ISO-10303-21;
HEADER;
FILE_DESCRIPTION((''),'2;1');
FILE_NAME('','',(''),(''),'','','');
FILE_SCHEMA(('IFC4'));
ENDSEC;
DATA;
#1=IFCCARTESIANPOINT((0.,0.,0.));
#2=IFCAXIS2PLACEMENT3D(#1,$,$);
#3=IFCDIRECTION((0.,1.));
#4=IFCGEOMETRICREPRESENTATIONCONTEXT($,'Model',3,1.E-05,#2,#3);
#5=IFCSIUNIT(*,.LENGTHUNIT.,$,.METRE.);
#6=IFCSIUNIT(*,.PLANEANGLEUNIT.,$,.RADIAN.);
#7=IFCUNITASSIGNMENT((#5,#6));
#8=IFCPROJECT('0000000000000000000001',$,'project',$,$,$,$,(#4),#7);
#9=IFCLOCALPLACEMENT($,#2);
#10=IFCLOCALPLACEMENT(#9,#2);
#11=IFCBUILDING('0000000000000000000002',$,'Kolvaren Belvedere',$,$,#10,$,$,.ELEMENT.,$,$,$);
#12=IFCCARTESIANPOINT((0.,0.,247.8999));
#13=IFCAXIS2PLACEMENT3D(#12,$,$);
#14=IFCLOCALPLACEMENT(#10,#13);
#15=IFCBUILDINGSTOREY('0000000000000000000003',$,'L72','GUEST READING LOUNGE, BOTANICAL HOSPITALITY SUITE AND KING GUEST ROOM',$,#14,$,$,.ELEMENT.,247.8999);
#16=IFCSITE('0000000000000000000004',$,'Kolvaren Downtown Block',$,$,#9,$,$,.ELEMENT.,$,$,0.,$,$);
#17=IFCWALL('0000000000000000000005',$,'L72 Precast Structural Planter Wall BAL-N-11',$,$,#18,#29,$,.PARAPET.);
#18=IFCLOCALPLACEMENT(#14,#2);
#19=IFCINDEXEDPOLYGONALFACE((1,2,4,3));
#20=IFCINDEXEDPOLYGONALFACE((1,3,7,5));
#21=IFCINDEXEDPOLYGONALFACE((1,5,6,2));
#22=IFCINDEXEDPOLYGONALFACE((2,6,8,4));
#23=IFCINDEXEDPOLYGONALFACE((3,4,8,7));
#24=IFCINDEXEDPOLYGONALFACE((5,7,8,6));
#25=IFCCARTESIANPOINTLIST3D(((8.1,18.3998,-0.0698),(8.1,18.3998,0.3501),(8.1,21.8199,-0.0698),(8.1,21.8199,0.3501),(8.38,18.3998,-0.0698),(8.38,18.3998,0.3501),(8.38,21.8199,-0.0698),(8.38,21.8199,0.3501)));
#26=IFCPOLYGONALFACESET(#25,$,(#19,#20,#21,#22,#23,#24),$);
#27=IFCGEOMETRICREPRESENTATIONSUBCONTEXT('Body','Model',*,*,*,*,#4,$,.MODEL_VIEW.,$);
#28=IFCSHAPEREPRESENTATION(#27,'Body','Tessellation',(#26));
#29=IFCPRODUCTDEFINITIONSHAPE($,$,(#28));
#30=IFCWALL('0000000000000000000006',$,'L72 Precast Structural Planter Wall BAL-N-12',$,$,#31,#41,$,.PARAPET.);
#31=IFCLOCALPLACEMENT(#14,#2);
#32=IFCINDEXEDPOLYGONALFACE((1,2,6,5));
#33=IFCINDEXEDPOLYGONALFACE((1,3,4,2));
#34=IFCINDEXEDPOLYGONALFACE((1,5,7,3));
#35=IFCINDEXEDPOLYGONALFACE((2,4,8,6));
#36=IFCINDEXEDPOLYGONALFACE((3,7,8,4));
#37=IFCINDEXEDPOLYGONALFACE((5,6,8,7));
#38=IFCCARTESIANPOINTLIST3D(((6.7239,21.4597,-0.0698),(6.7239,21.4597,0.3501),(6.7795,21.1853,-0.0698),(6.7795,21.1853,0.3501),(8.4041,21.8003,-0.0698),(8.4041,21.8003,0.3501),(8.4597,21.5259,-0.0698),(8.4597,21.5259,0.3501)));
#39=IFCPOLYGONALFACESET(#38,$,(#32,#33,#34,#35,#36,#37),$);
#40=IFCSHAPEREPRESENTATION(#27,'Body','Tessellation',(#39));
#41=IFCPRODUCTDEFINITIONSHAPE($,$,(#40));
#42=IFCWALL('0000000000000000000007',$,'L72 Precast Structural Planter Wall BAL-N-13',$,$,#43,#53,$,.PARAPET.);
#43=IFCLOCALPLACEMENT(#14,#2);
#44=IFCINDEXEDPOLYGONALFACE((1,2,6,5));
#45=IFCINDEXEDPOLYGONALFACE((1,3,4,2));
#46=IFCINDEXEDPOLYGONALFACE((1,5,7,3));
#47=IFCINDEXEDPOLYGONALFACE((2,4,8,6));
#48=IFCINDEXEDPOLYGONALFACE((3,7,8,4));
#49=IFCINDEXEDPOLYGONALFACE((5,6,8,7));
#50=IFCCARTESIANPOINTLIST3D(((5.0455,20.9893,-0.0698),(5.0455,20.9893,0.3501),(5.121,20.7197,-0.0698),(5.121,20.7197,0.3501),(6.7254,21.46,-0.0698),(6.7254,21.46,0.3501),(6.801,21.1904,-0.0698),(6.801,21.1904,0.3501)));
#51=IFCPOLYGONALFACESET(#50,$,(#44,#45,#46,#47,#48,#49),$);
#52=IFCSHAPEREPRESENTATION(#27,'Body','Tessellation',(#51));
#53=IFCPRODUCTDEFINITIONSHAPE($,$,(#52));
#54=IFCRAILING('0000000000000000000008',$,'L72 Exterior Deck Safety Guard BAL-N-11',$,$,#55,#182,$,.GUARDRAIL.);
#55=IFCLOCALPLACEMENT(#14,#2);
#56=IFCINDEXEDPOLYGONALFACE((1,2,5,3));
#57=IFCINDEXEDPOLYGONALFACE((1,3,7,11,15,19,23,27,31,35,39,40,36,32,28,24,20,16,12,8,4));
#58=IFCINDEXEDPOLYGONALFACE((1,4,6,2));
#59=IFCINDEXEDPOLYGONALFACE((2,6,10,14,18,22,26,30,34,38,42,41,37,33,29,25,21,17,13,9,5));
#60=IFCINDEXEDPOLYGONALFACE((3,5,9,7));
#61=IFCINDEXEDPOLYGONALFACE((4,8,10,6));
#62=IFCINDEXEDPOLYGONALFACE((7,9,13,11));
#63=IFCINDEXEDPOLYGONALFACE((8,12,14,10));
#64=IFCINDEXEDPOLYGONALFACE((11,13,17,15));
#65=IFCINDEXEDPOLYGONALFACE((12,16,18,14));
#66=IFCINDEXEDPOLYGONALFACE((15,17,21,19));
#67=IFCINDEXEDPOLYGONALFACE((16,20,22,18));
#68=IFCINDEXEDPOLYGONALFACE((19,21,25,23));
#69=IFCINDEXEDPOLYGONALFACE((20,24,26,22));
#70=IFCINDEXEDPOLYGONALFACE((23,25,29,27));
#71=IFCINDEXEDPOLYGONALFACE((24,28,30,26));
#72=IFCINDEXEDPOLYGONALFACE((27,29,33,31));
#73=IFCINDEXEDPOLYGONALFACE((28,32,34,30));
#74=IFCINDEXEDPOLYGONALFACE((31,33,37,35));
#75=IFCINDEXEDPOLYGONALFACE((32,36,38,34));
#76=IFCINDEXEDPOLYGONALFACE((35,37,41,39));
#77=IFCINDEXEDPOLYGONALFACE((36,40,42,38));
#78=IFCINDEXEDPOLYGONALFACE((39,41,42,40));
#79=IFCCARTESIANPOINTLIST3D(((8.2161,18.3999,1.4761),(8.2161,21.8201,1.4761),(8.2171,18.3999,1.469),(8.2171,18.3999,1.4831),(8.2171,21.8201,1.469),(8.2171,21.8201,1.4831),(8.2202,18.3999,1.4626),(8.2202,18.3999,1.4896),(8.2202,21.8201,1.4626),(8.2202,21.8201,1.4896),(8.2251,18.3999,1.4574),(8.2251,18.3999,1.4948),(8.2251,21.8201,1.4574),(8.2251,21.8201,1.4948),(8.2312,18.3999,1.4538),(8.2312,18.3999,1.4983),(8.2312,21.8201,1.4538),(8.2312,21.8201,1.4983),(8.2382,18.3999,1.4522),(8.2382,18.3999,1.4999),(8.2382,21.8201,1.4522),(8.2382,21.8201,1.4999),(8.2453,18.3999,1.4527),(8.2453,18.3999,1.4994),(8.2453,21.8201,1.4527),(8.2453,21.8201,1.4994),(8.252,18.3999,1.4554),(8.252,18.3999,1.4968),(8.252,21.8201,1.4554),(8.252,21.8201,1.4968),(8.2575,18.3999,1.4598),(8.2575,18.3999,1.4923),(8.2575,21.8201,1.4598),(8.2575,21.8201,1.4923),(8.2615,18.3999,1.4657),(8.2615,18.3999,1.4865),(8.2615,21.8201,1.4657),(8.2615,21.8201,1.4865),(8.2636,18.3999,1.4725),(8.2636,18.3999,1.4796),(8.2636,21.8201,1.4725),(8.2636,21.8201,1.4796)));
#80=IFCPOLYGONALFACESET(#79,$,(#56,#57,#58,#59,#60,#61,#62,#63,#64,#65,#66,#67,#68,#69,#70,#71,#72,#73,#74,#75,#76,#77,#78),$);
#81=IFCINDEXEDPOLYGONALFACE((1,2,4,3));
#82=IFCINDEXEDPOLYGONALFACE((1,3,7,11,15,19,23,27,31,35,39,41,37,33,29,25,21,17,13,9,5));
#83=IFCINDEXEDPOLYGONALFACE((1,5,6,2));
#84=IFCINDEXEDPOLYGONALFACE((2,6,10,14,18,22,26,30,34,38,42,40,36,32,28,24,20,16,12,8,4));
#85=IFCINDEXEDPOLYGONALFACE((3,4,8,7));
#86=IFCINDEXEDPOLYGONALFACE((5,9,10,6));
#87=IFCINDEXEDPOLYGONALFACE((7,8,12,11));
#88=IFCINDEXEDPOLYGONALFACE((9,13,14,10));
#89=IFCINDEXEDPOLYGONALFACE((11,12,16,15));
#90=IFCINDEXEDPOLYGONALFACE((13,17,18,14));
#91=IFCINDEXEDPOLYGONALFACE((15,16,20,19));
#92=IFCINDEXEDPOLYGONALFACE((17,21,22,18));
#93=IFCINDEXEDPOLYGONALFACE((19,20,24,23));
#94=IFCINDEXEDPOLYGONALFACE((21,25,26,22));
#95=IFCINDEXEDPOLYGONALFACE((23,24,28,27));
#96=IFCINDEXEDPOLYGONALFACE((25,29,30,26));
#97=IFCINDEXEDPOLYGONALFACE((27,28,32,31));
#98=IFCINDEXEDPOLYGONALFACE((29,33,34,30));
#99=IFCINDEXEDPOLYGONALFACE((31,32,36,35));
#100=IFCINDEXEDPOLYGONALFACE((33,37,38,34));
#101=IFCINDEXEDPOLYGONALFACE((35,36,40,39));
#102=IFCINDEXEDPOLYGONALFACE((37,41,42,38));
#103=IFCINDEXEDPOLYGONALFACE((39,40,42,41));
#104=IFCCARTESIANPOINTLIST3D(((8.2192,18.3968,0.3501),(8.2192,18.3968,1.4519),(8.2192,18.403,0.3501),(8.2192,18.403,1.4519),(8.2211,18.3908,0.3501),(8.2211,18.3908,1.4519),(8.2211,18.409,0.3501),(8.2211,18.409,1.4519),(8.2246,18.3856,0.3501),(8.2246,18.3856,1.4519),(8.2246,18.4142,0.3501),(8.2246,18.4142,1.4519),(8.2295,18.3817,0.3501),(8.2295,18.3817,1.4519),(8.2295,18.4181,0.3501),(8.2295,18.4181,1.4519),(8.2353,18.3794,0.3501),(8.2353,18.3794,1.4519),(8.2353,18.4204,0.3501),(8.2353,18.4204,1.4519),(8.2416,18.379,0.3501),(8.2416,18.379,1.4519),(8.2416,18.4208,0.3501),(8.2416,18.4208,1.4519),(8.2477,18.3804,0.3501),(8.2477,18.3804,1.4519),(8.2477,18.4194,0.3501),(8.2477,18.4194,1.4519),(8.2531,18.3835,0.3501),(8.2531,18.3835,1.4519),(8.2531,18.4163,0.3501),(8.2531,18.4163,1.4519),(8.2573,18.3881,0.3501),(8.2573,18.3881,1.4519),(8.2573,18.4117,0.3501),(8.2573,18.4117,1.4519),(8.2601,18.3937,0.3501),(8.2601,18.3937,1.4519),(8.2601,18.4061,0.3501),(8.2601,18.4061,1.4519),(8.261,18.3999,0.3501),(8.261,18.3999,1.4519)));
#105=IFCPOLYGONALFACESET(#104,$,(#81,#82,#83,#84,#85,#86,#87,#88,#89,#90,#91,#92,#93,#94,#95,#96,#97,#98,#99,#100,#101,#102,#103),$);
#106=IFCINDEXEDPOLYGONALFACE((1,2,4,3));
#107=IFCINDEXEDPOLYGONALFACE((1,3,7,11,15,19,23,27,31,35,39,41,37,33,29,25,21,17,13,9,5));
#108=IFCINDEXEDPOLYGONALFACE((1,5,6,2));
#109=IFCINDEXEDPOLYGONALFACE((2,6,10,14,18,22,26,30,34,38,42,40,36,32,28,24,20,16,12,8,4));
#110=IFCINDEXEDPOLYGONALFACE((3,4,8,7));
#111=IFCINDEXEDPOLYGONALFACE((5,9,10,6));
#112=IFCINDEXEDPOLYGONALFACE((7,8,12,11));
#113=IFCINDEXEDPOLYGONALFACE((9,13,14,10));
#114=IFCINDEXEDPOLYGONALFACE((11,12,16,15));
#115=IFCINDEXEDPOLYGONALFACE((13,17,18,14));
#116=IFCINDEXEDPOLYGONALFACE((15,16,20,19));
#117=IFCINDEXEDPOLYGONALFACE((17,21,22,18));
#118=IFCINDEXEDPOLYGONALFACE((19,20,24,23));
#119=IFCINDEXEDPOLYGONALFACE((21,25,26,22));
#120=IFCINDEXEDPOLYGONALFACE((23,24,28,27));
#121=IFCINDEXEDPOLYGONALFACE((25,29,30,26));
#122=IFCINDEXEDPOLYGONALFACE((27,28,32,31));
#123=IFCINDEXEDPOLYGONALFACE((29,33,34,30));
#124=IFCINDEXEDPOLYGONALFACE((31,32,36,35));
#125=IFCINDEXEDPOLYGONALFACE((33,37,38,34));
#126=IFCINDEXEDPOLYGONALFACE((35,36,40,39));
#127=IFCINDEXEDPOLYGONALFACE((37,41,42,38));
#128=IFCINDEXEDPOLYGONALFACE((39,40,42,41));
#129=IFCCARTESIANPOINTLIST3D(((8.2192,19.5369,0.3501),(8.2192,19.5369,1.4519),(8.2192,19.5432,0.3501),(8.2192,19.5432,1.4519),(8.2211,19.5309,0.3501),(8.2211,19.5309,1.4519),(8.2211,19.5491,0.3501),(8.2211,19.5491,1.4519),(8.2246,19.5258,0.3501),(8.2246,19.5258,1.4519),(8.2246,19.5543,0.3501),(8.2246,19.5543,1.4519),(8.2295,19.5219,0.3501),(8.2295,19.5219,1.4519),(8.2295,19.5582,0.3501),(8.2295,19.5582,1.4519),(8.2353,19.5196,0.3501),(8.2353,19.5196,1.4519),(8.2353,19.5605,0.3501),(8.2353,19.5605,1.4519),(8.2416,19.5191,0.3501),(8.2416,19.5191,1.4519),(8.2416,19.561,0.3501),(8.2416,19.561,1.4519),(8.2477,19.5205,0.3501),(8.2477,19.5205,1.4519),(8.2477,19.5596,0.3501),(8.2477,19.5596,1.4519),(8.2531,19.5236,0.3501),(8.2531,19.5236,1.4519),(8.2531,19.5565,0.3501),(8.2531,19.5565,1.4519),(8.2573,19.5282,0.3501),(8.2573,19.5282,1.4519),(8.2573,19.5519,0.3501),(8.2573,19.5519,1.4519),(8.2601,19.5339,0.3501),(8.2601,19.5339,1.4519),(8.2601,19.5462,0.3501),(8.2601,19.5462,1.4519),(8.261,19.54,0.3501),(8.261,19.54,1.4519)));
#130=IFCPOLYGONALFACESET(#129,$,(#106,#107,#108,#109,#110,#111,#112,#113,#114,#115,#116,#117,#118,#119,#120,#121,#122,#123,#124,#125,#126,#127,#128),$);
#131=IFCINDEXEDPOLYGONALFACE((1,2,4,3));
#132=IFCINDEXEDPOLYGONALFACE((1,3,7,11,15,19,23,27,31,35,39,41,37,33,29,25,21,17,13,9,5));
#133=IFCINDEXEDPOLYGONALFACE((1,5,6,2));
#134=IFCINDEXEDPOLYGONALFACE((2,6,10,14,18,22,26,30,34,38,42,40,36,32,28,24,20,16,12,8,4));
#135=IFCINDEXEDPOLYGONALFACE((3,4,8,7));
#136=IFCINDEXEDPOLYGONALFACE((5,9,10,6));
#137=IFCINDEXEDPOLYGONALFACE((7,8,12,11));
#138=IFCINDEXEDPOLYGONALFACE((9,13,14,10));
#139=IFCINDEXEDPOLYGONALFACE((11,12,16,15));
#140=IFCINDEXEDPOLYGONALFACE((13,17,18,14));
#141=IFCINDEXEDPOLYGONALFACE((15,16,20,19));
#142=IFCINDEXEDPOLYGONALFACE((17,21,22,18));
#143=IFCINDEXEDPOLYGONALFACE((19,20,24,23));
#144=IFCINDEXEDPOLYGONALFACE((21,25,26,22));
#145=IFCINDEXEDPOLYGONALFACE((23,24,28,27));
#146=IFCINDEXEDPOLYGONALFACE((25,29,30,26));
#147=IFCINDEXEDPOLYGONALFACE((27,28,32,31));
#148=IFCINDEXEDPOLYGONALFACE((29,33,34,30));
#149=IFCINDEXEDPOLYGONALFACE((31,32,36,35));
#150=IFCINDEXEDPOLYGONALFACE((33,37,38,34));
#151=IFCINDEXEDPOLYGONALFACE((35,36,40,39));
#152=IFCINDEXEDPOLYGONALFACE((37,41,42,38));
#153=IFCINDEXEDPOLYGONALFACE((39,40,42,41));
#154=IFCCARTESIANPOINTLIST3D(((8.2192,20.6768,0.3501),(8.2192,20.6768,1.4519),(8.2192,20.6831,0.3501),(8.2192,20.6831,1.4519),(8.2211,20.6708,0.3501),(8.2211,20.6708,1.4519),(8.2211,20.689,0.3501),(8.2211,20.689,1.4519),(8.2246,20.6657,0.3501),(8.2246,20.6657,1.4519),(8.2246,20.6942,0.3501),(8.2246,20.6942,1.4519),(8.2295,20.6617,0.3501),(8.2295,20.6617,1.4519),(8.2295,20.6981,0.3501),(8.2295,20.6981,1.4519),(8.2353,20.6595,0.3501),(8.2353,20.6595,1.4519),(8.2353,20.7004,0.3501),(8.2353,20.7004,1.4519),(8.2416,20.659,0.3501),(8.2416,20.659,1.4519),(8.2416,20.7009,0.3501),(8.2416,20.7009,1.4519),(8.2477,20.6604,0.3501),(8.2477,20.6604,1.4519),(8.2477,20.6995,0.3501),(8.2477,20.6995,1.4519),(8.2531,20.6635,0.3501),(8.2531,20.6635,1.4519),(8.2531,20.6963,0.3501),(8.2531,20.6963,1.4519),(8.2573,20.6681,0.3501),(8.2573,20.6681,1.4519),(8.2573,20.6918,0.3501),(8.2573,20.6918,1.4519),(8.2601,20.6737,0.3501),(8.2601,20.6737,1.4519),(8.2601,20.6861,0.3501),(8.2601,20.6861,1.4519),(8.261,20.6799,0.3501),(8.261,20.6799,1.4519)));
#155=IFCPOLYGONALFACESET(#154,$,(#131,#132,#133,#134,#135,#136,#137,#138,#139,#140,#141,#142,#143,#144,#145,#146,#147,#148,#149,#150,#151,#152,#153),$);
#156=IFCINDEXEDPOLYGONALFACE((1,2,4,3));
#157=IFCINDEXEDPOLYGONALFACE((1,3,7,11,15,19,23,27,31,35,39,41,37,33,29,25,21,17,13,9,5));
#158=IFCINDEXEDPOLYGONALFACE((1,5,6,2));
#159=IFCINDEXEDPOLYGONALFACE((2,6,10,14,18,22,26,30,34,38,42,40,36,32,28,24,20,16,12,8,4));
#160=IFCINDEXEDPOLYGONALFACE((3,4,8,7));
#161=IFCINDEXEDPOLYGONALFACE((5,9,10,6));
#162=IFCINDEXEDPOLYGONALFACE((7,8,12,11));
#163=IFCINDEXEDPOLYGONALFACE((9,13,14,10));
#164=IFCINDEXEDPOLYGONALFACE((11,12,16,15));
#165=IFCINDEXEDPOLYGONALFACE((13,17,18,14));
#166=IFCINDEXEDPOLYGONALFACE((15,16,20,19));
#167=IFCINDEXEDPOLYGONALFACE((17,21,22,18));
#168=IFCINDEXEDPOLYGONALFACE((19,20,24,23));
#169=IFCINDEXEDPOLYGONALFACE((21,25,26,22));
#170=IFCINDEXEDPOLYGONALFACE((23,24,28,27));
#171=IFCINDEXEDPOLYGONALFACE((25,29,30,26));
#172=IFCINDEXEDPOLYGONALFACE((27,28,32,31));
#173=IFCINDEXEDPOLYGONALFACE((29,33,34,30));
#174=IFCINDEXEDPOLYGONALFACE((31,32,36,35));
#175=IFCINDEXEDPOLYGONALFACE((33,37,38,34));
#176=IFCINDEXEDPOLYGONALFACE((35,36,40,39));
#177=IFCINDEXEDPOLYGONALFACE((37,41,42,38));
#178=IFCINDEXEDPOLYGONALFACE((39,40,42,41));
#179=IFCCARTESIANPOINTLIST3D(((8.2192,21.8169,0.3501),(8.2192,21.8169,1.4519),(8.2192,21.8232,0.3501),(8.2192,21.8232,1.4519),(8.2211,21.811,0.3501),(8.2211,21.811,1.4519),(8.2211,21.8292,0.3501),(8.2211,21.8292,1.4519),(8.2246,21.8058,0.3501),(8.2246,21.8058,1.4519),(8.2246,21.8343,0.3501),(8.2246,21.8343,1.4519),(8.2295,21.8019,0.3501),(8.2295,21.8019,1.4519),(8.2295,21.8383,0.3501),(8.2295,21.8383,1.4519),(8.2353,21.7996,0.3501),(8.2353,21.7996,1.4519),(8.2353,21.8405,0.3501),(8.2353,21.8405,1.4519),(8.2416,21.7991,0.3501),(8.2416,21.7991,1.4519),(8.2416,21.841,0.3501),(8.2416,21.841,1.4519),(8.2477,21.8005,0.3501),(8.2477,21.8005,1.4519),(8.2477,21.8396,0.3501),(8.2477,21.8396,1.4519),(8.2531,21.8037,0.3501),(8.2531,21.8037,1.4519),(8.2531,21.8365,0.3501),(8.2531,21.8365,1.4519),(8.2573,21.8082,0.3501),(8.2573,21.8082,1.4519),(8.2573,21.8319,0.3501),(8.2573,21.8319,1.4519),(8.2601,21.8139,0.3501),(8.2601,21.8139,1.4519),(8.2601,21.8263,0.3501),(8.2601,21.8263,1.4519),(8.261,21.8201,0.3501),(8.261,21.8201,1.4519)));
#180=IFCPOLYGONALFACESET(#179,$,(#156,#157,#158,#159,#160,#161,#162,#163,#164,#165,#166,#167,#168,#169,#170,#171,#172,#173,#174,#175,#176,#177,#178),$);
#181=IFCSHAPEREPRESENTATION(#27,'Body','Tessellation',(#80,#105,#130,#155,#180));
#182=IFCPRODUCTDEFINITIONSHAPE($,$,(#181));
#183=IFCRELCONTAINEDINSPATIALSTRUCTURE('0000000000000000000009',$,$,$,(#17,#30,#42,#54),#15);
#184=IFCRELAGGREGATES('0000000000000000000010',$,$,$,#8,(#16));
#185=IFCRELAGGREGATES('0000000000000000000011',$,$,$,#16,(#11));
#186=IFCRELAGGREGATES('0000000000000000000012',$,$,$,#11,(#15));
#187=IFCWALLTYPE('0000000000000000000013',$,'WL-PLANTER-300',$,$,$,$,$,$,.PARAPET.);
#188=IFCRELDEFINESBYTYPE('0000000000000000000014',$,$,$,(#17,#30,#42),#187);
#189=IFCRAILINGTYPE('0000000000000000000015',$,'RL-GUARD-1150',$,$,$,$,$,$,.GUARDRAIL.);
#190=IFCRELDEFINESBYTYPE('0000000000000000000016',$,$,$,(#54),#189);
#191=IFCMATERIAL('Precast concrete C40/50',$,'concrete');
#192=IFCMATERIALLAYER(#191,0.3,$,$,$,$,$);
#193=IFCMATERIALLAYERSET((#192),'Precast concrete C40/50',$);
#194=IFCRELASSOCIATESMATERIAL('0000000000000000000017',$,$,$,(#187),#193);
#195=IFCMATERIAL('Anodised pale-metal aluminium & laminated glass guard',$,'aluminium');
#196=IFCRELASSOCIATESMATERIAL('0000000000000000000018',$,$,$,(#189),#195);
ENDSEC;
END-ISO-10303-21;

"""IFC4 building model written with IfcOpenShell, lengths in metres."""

from ifc_helpers import new_model, si_unit, direction, frame, frame_2d, origin, origin_2d, place, context, subcontext, project, spatial, rectangle, circle, extrude, material, layer, layer_set, type_object, element, save


model = new_model("IFC4")

# Units and contexts
model_context = context("Model", 3, precision=1e-05, world=origin(), true_north=direction((0.0, 1.0)))
body_context = subcontext(model_context, "Body", "Model", "MODEL_VIEW")
ifc_project = project(units=[si_unit("LENGTHUNIT", "METRE"), si_unit("PLANEANGLEUNIT", "RADIAN")], contexts=[model_context])

# Site, building, storey
site_placement = place(None, origin())
site = spatial("IfcSite", under=ifc_project, at=site_placement, Name="Kolvaren Downtown Block", CompositionType="ELEMENT", RefElevation=0.0)
building_placement = place(site_placement, origin())
building = spatial("IfcBuilding", under=site, at=building_placement, Name="Kolvaren Belvedere", CompositionType="ELEMENT")
storey_placement = place(building_placement, frame((0.0, 0.0, 247.8999)))
storey = spatial("IfcBuildingStorey", under=building, at=storey_placement, Name="L72", Description="GUEST READING LOUNGE, BOTANICAL HOSPITALITY SUITE AND KING GUEST ROOM", CompositionType="ELEMENT", Elevation=247.8999)

# Walls
ifc_material_1 = material(Name="Precast concrete C40/50", Category="concrete")
ifc_layer_1 = layer(ifc_material_1, 0.3)
ifc_layer_set_1 = layer_set([ifc_layer_1], Name="Precast concrete C40/50")
wall_type_1 = type_object("IfcWallType", Name="WL-PLANTER-300", PredefinedType="PARAPET", material=ifc_layer_set_1)
wall_1_placement = place(storey_placement, frame((8.24, 18.3999, -0.0698), z_axis=(0.0, 0.0, 1.0), x_axis=(0.0, 1.0, 0.0)))
element("IfcWall", 1, at=wall_1_placement, inside=storey, type_object=wall_type_1, Name="L72 Precast Structural Planter Wall BAL-N-11", PredefinedType="PARAPET", context=body_context, shape_type="SweptSolid", body=[
    extrude(rectangle(XDim=3.4202, YDim=0.28, at=frame_2d((1.71, 0.0))), origin(), (0.0, 0.0, 1.0), 0.4199),
])
wall_2_placement = place(storey_placement, frame((8.4319, 21.6631, -0.0698), z_axis=(0.0, 0.0, 1.0), x_axis=(-0.980068, -0.198662, 0.0)))
element("IfcWall", 2, at=wall_2_placement, inside=storey, type_object=wall_type_1, Name="L72 Precast Structural Planter Wall BAL-N-12", PredefinedType="PARAPET", context=body_context, shape_type="SweptSolid", body=[
    extrude(rectangle(XDim=1.7144, YDim=0.28, at=frame_2d((0.8572, 0.0))), origin(), (0.0, 0.0, 1.0), 0.4199),
])
wall_3_placement = place(storey_placement, frame((6.7632, 21.3252, -0.0698), z_axis=(0.0, 0.0, 1.0), x_axis=(-0.962916, -0.269801, 0.0)))
element("IfcWall", 3, at=wall_3_placement, inside=storey, type_object=wall_type_1, Name="L72 Precast Structural Planter Wall BAL-N-13", PredefinedType="PARAPET", context=body_context, shape_type="SweptSolid", body=[
    extrude(rectangle(XDim=1.7446, YDim=0.28, at=frame_2d((0.8723, 0.0))), origin(), (0.0, 0.0, 1.0), 0.4199),
])

# Railing
ifc_material_2 = material(Name="Anodised pale-metal aluminium & laminated glass guard", Category="aluminium")
railing_type = type_object("IfcRailingType", Name="RL-GUARD-1150", PredefinedType="GUARDRAIL", material=ifc_material_2)
railing_1_placement = place(storey_placement, frame((8.24, 18.3999, 0.3501)))
element("IfcRailing", 4, at=railing_1_placement, inside=storey, type_object=railing_type, Name="L72 Exterior Deck Safety Guard BAL-N-11", PredefinedType="GUARDRAIL", context=body_context, shape_type="SweptSolid", body=[
    extrude(circle(Radius=0.0239, at=origin_2d()), frame((0.0, 0.0, 1.126), z_axis=(0.0, 1.0, 0.0), x_axis=(-1.0, 0.0, 0.0)), (0.0, 0.0, 1.0), 3.4202),
    extrude(circle(Radius=0.021, at=origin_2d()), origin(), (0.0, 0.0, 1.0), 1.1018),
    extrude(circle(Radius=0.021, at=origin_2d()), frame((0.0, 1.1401, 0.0)), (0.0, 0.0, 1.0), 1.1018),
    extrude(circle(Radius=0.021, at=origin_2d()), frame((0.0, 2.28, 0.0)), (0.0, 0.0, 1.0), 1.1018),
    extrude(circle(Radius=0.021, at=origin_2d()), frame((0.0, 3.4202, 0.0)), (0.0, 0.0, 1.0), 1.1018),
])

save(model, "model.ifc")
